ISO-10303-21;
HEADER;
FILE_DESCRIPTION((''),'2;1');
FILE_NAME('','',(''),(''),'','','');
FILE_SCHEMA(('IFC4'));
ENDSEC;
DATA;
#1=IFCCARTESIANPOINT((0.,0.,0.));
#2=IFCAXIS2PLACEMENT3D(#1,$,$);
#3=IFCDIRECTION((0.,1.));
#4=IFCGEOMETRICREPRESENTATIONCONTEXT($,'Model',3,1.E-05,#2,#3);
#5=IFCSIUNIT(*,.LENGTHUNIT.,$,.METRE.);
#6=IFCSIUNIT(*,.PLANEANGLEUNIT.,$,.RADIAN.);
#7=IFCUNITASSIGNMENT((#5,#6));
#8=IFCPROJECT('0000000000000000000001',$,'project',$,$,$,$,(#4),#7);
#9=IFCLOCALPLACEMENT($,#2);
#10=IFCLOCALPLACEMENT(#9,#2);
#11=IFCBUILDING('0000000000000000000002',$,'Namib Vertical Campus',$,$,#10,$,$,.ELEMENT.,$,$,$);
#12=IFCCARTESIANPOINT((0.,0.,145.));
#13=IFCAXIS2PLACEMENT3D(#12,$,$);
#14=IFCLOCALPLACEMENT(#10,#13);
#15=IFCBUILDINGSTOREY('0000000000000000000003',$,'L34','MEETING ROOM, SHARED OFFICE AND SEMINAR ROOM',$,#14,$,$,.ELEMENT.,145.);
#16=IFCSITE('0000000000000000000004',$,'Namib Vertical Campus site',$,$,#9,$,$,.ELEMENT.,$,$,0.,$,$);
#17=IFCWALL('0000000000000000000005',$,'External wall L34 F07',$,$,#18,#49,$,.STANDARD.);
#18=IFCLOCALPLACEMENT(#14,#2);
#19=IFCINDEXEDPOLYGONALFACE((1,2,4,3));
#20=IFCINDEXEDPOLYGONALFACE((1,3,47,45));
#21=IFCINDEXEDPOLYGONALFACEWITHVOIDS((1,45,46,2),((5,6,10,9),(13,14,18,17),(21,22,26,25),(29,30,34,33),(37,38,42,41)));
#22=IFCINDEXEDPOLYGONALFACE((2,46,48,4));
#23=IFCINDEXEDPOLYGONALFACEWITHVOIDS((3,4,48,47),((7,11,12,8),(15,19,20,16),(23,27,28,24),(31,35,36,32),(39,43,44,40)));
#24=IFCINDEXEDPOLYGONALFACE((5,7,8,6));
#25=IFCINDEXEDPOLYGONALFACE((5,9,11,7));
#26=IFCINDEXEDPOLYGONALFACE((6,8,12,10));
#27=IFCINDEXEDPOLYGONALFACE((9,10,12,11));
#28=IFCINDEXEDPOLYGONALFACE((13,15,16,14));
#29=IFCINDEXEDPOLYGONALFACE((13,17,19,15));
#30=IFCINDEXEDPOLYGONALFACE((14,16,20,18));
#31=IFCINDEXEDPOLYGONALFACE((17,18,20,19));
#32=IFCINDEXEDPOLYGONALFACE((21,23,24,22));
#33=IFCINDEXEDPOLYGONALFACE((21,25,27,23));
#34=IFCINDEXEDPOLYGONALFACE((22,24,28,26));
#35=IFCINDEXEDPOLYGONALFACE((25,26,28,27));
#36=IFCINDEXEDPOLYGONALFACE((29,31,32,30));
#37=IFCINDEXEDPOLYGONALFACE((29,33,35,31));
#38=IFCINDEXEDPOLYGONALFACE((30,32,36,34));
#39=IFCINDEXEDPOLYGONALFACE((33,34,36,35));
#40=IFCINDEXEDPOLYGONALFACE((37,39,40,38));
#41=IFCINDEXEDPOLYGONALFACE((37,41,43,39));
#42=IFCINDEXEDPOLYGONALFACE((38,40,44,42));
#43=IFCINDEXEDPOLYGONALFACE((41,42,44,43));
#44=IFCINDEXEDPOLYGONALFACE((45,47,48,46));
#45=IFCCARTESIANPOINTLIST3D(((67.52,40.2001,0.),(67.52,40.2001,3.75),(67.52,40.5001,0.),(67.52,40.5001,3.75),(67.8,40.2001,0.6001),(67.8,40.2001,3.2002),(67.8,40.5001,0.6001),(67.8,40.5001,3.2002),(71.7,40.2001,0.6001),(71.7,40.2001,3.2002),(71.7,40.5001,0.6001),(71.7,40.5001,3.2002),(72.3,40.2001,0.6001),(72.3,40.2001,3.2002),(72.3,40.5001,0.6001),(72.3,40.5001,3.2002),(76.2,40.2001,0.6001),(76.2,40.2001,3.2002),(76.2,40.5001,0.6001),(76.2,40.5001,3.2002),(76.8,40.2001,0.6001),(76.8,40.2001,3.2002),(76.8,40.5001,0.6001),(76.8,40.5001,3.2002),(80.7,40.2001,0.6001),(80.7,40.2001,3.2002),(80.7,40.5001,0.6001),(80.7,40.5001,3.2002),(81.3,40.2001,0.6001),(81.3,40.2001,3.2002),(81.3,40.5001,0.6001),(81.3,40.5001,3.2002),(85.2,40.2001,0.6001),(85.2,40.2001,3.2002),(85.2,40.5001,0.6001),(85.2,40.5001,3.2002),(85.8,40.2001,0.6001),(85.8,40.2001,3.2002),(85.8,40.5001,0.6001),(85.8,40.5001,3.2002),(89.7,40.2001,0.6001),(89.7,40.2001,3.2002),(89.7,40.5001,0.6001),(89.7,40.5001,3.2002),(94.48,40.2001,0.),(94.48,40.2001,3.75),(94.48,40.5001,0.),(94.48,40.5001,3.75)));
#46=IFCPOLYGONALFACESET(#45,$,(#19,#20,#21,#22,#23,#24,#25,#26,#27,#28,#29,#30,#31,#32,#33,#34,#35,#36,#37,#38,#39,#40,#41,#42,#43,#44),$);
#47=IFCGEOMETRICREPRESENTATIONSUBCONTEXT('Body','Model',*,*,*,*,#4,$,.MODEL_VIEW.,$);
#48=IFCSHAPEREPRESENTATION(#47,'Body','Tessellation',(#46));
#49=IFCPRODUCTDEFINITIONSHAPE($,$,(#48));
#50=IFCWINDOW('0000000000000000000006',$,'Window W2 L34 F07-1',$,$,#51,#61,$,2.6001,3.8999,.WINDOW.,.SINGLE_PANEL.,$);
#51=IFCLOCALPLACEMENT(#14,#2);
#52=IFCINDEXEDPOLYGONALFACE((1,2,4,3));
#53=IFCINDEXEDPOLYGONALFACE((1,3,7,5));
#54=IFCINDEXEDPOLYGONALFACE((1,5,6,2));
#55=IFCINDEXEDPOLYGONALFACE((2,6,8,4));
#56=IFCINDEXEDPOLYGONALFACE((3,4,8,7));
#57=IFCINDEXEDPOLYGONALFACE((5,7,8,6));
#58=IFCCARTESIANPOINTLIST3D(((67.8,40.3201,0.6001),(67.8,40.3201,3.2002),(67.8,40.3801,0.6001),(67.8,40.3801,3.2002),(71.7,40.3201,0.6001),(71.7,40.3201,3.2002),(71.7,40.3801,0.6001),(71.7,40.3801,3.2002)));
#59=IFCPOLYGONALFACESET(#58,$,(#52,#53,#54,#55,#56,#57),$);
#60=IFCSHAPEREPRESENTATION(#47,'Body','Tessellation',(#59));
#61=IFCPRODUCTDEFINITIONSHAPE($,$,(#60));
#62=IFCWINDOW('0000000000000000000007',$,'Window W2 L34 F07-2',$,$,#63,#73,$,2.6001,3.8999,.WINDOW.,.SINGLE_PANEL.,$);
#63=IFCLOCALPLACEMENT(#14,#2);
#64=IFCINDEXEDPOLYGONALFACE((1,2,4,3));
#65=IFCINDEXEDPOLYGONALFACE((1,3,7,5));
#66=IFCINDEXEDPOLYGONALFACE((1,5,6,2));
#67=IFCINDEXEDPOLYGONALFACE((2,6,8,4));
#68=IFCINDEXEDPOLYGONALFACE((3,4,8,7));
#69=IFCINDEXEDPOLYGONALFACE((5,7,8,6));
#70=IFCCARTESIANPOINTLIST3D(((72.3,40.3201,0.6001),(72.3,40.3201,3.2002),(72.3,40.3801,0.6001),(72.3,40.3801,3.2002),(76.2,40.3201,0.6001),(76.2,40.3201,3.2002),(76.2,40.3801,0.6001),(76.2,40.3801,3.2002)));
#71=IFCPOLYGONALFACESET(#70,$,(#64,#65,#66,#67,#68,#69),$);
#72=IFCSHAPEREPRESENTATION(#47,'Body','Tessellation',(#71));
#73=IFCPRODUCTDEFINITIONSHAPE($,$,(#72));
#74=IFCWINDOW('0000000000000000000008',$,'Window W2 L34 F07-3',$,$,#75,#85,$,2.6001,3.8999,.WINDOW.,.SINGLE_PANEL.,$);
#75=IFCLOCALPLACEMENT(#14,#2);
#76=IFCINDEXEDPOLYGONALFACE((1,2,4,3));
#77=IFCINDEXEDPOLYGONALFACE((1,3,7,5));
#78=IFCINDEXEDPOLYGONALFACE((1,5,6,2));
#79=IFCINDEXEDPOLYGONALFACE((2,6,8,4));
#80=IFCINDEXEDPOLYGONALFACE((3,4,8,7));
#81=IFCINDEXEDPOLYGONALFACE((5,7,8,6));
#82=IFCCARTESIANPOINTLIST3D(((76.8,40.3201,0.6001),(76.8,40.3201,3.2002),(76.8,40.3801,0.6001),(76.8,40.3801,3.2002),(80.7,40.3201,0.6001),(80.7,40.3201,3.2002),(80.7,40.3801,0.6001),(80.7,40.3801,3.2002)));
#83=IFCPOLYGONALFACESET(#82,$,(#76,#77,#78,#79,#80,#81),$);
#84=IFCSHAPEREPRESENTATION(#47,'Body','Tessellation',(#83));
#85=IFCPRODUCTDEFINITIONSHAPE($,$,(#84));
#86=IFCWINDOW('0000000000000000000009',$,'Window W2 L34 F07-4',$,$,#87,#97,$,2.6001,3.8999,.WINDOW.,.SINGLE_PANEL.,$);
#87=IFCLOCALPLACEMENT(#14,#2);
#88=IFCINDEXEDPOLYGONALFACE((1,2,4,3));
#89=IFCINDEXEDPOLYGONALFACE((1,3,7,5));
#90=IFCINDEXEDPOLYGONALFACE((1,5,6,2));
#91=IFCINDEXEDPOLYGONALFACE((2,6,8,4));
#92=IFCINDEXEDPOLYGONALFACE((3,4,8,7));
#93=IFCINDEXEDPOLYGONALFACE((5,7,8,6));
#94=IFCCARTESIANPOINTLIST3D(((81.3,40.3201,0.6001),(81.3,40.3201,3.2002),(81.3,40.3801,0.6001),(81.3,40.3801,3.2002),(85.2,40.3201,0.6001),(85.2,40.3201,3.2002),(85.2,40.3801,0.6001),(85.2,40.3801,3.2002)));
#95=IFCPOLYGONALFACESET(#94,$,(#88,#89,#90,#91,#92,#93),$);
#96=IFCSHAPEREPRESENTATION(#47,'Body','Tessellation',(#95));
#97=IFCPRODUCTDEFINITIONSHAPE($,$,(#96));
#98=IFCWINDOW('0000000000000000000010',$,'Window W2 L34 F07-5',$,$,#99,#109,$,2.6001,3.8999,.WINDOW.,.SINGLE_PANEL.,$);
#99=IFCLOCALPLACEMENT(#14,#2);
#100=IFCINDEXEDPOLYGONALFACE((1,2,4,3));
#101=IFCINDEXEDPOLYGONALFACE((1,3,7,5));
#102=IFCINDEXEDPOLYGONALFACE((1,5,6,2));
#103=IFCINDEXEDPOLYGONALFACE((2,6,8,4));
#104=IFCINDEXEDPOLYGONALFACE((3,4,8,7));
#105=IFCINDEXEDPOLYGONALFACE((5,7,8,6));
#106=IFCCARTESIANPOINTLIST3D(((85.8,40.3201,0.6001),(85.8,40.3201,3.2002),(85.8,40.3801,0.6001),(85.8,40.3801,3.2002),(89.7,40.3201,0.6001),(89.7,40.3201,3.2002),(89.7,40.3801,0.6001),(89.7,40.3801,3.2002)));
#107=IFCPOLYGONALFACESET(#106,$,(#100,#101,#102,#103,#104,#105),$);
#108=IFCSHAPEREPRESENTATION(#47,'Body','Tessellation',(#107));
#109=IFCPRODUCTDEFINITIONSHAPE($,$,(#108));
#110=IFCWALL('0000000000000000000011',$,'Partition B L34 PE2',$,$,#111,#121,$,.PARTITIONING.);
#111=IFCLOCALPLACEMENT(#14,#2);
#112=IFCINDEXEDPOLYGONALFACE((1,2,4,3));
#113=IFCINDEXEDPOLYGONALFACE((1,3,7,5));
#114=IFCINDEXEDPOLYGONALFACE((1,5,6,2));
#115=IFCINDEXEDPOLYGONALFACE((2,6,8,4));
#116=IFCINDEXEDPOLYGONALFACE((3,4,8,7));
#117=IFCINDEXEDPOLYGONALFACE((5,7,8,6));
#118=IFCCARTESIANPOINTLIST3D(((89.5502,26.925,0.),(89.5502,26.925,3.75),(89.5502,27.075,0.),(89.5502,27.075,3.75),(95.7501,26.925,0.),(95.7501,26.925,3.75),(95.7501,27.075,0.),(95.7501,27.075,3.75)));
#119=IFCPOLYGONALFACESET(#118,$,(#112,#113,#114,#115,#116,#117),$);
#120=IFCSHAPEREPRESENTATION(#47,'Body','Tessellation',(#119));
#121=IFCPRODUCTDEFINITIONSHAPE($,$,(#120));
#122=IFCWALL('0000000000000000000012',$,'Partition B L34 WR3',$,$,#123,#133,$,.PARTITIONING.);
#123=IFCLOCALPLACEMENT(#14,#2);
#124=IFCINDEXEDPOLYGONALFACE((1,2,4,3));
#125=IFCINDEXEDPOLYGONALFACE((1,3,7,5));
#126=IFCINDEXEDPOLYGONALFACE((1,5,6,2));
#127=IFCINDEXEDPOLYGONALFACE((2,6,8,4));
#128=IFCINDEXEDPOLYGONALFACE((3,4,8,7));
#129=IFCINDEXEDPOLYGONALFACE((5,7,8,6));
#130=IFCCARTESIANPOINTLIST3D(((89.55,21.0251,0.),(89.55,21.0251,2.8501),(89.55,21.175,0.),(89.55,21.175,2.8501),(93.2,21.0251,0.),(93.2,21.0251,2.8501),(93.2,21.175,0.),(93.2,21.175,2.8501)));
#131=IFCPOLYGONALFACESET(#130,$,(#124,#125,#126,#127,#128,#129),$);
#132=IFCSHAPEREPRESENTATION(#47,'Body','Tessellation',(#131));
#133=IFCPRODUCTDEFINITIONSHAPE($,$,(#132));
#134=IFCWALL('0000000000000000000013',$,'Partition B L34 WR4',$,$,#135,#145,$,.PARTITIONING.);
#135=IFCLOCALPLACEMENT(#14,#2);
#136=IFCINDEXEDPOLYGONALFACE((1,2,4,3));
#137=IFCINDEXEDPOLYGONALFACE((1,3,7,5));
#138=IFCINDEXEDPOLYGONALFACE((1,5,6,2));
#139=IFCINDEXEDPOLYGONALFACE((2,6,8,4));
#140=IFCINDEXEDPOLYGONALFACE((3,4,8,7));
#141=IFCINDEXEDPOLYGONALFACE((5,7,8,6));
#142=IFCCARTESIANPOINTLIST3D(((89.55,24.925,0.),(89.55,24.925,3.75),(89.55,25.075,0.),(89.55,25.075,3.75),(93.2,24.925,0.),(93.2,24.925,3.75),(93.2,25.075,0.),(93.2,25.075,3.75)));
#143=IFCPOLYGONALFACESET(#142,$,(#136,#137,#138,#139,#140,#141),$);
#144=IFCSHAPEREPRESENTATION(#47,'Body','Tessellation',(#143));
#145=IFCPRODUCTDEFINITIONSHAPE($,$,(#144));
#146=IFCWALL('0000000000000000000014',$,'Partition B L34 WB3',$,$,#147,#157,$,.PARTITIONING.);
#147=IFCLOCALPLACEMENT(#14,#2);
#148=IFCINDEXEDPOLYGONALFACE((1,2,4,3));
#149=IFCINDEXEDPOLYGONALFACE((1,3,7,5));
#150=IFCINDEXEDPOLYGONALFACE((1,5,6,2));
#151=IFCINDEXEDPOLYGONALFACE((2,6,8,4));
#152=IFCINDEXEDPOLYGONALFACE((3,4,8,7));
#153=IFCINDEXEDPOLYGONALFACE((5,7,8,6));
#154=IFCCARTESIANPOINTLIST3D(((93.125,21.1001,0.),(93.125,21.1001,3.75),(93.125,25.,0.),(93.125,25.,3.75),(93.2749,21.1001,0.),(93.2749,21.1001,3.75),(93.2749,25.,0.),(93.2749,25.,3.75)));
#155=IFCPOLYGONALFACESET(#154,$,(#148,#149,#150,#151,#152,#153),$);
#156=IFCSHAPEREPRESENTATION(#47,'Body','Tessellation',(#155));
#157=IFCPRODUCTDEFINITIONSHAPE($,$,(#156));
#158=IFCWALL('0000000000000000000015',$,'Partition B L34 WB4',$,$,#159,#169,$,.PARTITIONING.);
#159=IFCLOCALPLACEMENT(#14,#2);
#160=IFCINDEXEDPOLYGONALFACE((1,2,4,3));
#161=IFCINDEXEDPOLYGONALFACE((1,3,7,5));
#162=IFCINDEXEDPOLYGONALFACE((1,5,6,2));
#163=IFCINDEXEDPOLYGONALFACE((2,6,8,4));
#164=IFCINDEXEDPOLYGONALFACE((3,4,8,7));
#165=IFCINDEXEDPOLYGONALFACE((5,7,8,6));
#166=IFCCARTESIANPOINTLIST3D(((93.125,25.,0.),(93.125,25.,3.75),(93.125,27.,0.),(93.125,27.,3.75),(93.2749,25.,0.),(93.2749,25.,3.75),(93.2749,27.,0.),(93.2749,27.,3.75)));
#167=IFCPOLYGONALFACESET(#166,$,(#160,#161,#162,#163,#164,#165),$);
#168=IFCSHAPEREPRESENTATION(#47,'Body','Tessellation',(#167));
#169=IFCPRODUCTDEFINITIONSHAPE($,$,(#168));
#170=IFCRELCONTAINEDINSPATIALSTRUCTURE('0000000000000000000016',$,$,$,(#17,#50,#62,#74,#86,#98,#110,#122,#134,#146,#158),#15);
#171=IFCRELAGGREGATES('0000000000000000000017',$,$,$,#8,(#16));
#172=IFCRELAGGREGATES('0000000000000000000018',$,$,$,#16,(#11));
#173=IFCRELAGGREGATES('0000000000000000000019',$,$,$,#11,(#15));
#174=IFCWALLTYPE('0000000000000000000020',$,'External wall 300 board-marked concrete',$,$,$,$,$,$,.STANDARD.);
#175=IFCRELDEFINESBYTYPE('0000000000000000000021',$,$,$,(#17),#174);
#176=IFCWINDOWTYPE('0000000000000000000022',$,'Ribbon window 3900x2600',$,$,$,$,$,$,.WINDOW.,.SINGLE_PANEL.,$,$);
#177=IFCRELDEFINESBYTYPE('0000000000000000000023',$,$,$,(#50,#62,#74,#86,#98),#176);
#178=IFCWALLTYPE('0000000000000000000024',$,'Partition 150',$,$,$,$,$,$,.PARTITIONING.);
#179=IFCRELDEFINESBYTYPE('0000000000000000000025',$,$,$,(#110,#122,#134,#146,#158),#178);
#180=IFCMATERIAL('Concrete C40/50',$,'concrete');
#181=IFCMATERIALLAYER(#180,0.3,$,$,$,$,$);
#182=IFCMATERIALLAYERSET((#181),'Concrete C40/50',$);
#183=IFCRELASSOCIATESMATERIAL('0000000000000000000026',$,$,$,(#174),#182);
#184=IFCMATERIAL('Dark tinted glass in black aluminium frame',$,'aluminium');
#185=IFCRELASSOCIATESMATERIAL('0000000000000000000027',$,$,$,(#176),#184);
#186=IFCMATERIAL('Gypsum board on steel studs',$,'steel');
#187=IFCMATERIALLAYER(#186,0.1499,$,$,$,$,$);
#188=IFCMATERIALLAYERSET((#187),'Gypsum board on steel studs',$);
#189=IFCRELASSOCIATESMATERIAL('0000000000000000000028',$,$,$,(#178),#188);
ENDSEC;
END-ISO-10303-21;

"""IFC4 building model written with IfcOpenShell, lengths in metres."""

from ifc_helpers import new_model, si_unit, direction, frame, frame_2d, origin, place, context, subcontext, project, spatial, rectangle, extrude, material, layer, layer_set, type_object, element, fill, save


model = new_model("IFC4")

# Units and contexts
model_context = context("Model", 3, precision=1e-05, world=origin(), true_north=direction((0.0, 1.0)))
body_context = subcontext(model_context, "Body", "Model", "MODEL_VIEW")
ifc_project = project(units=[si_unit("LENGTHUNIT", "METRE"), si_unit("PLANEANGLEUNIT", "RADIAN")], contexts=[model_context])

# Site, building, storey
site_placement = place(None, origin())
site = spatial("IfcSite", under=ifc_project, at=site_placement, Name="Namib Vertical Campus site", CompositionType="ELEMENT", RefElevation=0.0)
building_placement = place(site_placement, origin())
building = spatial("IfcBuilding", under=site, at=building_placement, Name="Namib Vertical Campus", CompositionType="ELEMENT")
storey_placement = place(building_placement, frame((0.0, 0.0, 145.0)))
storey = spatial("IfcBuildingStorey", under=building, at=storey_placement, Name="L34", Description="MEETING ROOM, SHARED OFFICE AND SEMINAR ROOM", CompositionType="ELEMENT", Elevation=145.0)

# Shared definitions
ifc_material_1 = material(Name="Concrete C40/50", Category="concrete")
ifc_layer_1 = layer(ifc_material_1, 0.3)
ifc_layer_set_1 = layer_set([ifc_layer_1], Name="Concrete C40/50")
wall_type_1 = type_object("IfcWallType", Name="External wall 300 board-marked concrete", PredefinedType="STANDARD", material=ifc_layer_set_1)

# Wall, openings, windows
wall_1_placement = place(storey_placement, frame((94.48, 40.3501, 0.0), z_axis=(0.0, 0.0, 1.0), x_axis=(-1.0, 0.0, 0.0)))
wall_1 = element("IfcWall", 1, at=wall_1_placement, inside=storey, type_object=wall_type_1, Name="External wall L34 F07", PredefinedType="STANDARD", context=body_context, shape_type="SweptSolid", body=[
    extrude(rectangle(XDim=26.96, YDim=0.3, at=frame_2d((13.48, 0.0))), origin(), (0.0, 0.0, 1.0), 3.75),
])
opening_1_placement = place(wall_1_placement, frame((22.78, 0.0, 0.6001)))
opening_1 = element("IfcOpeningElement", 2, at=opening_1_placement, cuts=wall_1, PredefinedType="OPENING", context=body_context, shape_type="SweptSolid", body=[
    extrude(rectangle(XDim=3.8999, YDim=2.6001, at=frame_2d((1.95, 1.3))), frame((0.0, 0.1599, 0.0), z_axis=(0.0, -1.0, 0.0), x_axis=(1.0, 0.0, 0.0)), (0.0, 0.0, 1.0), 0.3201),
])
opening_2_placement = place(wall_1_placement, frame((18.28, 0.0, 0.6001)))
opening_2 = element("IfcOpeningElement", 3, at=opening_2_placement, cuts=wall_1, PredefinedType="OPENING", context=body_context, shape_type="SweptSolid", body=[
    extrude(rectangle(XDim=3.8999, YDim=2.6001, at=frame_2d((1.95, 1.3))), frame((0.0, 0.1599, 0.0), z_axis=(0.0, -1.0, 0.0), x_axis=(1.0, 0.0, 0.0)), (0.0, 0.0, 1.0), 0.3201),
])
opening_3_placement = place(wall_1_placement, frame((13.78, 0.0, 0.6001)))
opening_3 = element("IfcOpeningElement", 4, at=opening_3_placement, cuts=wall_1, PredefinedType="OPENING", context=body_context, shape_type="SweptSolid", body=[
    extrude(rectangle(XDim=3.8999, YDim=2.6001, at=frame_2d((1.95, 1.3))), frame((0.0, 0.1599, 0.0), z_axis=(0.0, -1.0, 0.0), x_axis=(1.0, 0.0, 0.0)), (0.0, 0.0, 1.0), 0.3201),
])
opening_4_placement = place(wall_1_placement, frame((9.28, 0.0, 0.6001)))
opening_4 = element("IfcOpeningElement", 5, at=opening_4_placement, cuts=wall_1, PredefinedType="OPENING", context=body_context, shape_type="SweptSolid", body=[
    extrude(rectangle(XDim=3.8999, YDim=2.6001, at=frame_2d((1.95, 1.3))), frame((0.0, 0.1599, 0.0), z_axis=(0.0, -1.0, 0.0), x_axis=(1.0, 0.0, 0.0)), (0.0, 0.0, 1.0), 0.3201),
])
opening_5_placement = place(wall_1_placement, frame((4.78, 0.0, 0.6001)))
opening_5 = element("IfcOpeningElement", 6, at=opening_5_placement, cuts=wall_1, PredefinedType="OPENING", context=body_context, shape_type="SweptSolid", body=[
    extrude(rectangle(XDim=3.8999, YDim=2.6001, at=frame_2d((1.95, 1.3))), frame((0.0, 0.1599, 0.0), z_axis=(0.0, -1.0, 0.0), x_axis=(1.0, 0.0, 0.0)), (0.0, 0.0, 1.0), 0.3201),
])
ifc_material_2 = material(Name="Dark tinted glass in black aluminium frame", Category="aluminium")
window_type = type_object("IfcWindowType", Name="Ribbon window 3900x2600", PartitioningType="SINGLE_PANEL", PredefinedType="WINDOW", material=ifc_material_2)
window_1_placement = place(opening_1_placement, origin())
window_1 = element("IfcWindow", 7, at=window_1_placement, inside=storey, type_object=window_type, Name="Window W2 L34 F07-1", OverallHeight=2.6001, OverallWidth=3.8999, PartitioningType="SINGLE_PANEL", PredefinedType="WINDOW", context=body_context, shape_type="SweptSolid", body=[
    extrude(rectangle(XDim=3.8999, YDim=2.6001, at=frame_2d((1.95, 1.3))), frame((0.0, 0.03, 0.0), z_axis=(0.0, -1.0, 0.0), x_axis=(1.0, 0.0, 0.0)), (0.0, 0.0, 1.0), 0.0601),
])
fill(opening_1, window_1)
window_2_placement = place(opening_2_placement, origin())
window_2 = element("IfcWindow", 8, at=window_2_placement, inside=storey, type_object=window_type, Name="Window W2 L34 F07-2", OverallHeight=2.6001, OverallWidth=3.8999, PartitioningType="SINGLE_PANEL", PredefinedType="WINDOW", context=body_context, shape_type="SweptSolid", body=[
    extrude(rectangle(XDim=3.8999, YDim=2.6001, at=frame_2d((1.95, 1.3))), frame((0.0, 0.03, 0.0), z_axis=(0.0, -1.0, 0.0), x_axis=(1.0, 0.0, 0.0)), (0.0, 0.0, 1.0), 0.0601),
])
fill(opening_2, window_2)
window_3_placement = place(opening_3_placement, origin())
window_3 = element("IfcWindow", 9, at=window_3_placement, inside=storey, type_object=window_type, Name="Window W2 L34 F07-3", OverallHeight=2.6001, OverallWidth=3.8999, PartitioningType="SINGLE_PANEL", PredefinedType="WINDOW", context=body_context, shape_type="SweptSolid", body=[
    extrude(rectangle(XDim=3.8999, YDim=2.6001, at=frame_2d((1.95, 1.3))), frame((0.0, 0.03, 0.0), z_axis=(0.0, -1.0, 0.0), x_axis=(1.0, 0.0, 0.0)), (0.0, 0.0, 1.0), 0.0601),
])
fill(opening_3, window_3)
window_4_placement = place(opening_4_placement, origin())
window_4 = element("IfcWindow", 10, at=window_4_placement, inside=storey, type_object=window_type, Name="Window W2 L34 F07-4", OverallHeight=2.6001, OverallWidth=3.8999, PartitioningType="SINGLE_PANEL", PredefinedType="WINDOW", context=body_context, shape_type="SweptSolid", body=[
    extrude(rectangle(XDim=3.8999, YDim=2.6001, at=frame_2d((1.95, 1.3))), frame((0.0, 0.03, 0.0), z_axis=(0.0, -1.0, 0.0), x_axis=(1.0, 0.0, 0.0)), (0.0, 0.0, 1.0), 0.0601),
])
fill(opening_4, window_4)
window_5_placement = place(opening_5_placement, origin())
window_5 = element("IfcWindow", 11, at=window_5_placement, inside=storey, type_object=window_type, Name="Window W2 L34 F07-5", OverallHeight=2.6001, OverallWidth=3.8999, PartitioningType="SINGLE_PANEL", PredefinedType="WINDOW", context=body_context, shape_type="SweptSolid", body=[
    extrude(rectangle(XDim=3.8999, YDim=2.6001, at=frame_2d((1.95, 1.3))), frame((0.0, 0.03, 0.0), z_axis=(0.0, -1.0, 0.0), x_axis=(1.0, 0.0, 0.0)), (0.0, 0.0, 1.0), 0.0601),
])
fill(opening_5, window_5)

# Walls
ifc_material_3 = material(Name="Gypsum board on steel studs", Category="steel")
ifc_layer_2 = layer(ifc_material_3, 0.1499)
ifc_layer_set_2 = layer_set([ifc_layer_2], Name="Gypsum board on steel studs")
wall_type_2 = type_object("IfcWallType", Name="Partition 150", PredefinedType="PARTITIONING", material=ifc_layer_set_2)
wall_2_placement = place(storey_placement, frame((89.55, 27.0, 0.0), z_axis=(0.0, 0.0, 1.0), x_axis=(1.0, 0.0, 0.0)))
element("IfcWall", 12, at=wall_2_placement, inside=storey, type_object=wall_type_2, Name="Partition B L34 PE2", PredefinedType="PARTITIONING", context=body_context, shape_type="SweptSolid", body=[
    extrude(rectangle(XDim=6.2, YDim=0.1499, at=frame_2d((3.1001, 0.0))), origin(), (0.0, 0.0, 1.0), 3.75),
])
wall_3_placement = place(storey_placement, frame((89.55, 21.1001, 0.0), z_axis=(0.0, 0.0, 1.0), x_axis=(1.0, 0.0, 0.0)))
element("IfcWall", 13, at=wall_3_placement, inside=storey, type_object=wall_type_2, Name="Partition B L34 WR3", PredefinedType="PARTITIONING", context=body_context, shape_type="SweptSolid", body=[
    extrude(rectangle(XDim=3.6499, YDim=0.1499, at=frame_2d((1.825, 0.0))), origin(), (0.0, 0.0, 1.0), 2.8501),
])
wall_4_placement = place(storey_placement, frame((89.55, 25.0, 0.0), z_axis=(0.0, 0.0, 1.0), x_axis=(1.0, 0.0, 0.0)))
element("IfcWall", 14, at=wall_4_placement, inside=storey, type_object=wall_type_2, Name="Partition B L34 WR4", PredefinedType="PARTITIONING", context=body_context, shape_type="SweptSolid", body=[
    extrude(rectangle(XDim=3.6499, YDim=0.1499, at=frame_2d((1.825, 0.0))), origin(), (0.0, 0.0, 1.0), 3.75),
])
wall_5_placement = place(storey_placement, frame((93.2, 21.1001, 0.0), z_axis=(0.0, 0.0, 1.0), x_axis=(0.0, 1.0, 0.0)))
element("IfcWall", 15, at=wall_5_placement, inside=storey, type_object=wall_type_2, Name="Partition B L34 WB3", PredefinedType="PARTITIONING", context=body_context, shape_type="SweptSolid", body=[
    extrude(rectangle(XDim=3.8999, YDim=0.1499, at=frame_2d((1.95, 0.0))), origin(), (0.0, 0.0, 1.0), 3.75),
])
wall_6_placement = place(storey_placement, frame((93.2, 25.0, 0.0), z_axis=(0.0, 0.0, 1.0), x_axis=(0.0, 1.0, 0.0)))
element("IfcWall", 16, at=wall_6_placement, inside=storey, type_object=wall_type_2, Name="Partition B L34 WB4", PredefinedType="PARTITIONING", context=body_context, shape_type="SweptSolid", body=[
    extrude(rectangle(XDim=2.0, YDim=0.1499, at=frame_2d((1.0, 0.0))), origin(), (0.0, 0.0, 1.0), 3.75),
])

save(model, "model.ifc")
